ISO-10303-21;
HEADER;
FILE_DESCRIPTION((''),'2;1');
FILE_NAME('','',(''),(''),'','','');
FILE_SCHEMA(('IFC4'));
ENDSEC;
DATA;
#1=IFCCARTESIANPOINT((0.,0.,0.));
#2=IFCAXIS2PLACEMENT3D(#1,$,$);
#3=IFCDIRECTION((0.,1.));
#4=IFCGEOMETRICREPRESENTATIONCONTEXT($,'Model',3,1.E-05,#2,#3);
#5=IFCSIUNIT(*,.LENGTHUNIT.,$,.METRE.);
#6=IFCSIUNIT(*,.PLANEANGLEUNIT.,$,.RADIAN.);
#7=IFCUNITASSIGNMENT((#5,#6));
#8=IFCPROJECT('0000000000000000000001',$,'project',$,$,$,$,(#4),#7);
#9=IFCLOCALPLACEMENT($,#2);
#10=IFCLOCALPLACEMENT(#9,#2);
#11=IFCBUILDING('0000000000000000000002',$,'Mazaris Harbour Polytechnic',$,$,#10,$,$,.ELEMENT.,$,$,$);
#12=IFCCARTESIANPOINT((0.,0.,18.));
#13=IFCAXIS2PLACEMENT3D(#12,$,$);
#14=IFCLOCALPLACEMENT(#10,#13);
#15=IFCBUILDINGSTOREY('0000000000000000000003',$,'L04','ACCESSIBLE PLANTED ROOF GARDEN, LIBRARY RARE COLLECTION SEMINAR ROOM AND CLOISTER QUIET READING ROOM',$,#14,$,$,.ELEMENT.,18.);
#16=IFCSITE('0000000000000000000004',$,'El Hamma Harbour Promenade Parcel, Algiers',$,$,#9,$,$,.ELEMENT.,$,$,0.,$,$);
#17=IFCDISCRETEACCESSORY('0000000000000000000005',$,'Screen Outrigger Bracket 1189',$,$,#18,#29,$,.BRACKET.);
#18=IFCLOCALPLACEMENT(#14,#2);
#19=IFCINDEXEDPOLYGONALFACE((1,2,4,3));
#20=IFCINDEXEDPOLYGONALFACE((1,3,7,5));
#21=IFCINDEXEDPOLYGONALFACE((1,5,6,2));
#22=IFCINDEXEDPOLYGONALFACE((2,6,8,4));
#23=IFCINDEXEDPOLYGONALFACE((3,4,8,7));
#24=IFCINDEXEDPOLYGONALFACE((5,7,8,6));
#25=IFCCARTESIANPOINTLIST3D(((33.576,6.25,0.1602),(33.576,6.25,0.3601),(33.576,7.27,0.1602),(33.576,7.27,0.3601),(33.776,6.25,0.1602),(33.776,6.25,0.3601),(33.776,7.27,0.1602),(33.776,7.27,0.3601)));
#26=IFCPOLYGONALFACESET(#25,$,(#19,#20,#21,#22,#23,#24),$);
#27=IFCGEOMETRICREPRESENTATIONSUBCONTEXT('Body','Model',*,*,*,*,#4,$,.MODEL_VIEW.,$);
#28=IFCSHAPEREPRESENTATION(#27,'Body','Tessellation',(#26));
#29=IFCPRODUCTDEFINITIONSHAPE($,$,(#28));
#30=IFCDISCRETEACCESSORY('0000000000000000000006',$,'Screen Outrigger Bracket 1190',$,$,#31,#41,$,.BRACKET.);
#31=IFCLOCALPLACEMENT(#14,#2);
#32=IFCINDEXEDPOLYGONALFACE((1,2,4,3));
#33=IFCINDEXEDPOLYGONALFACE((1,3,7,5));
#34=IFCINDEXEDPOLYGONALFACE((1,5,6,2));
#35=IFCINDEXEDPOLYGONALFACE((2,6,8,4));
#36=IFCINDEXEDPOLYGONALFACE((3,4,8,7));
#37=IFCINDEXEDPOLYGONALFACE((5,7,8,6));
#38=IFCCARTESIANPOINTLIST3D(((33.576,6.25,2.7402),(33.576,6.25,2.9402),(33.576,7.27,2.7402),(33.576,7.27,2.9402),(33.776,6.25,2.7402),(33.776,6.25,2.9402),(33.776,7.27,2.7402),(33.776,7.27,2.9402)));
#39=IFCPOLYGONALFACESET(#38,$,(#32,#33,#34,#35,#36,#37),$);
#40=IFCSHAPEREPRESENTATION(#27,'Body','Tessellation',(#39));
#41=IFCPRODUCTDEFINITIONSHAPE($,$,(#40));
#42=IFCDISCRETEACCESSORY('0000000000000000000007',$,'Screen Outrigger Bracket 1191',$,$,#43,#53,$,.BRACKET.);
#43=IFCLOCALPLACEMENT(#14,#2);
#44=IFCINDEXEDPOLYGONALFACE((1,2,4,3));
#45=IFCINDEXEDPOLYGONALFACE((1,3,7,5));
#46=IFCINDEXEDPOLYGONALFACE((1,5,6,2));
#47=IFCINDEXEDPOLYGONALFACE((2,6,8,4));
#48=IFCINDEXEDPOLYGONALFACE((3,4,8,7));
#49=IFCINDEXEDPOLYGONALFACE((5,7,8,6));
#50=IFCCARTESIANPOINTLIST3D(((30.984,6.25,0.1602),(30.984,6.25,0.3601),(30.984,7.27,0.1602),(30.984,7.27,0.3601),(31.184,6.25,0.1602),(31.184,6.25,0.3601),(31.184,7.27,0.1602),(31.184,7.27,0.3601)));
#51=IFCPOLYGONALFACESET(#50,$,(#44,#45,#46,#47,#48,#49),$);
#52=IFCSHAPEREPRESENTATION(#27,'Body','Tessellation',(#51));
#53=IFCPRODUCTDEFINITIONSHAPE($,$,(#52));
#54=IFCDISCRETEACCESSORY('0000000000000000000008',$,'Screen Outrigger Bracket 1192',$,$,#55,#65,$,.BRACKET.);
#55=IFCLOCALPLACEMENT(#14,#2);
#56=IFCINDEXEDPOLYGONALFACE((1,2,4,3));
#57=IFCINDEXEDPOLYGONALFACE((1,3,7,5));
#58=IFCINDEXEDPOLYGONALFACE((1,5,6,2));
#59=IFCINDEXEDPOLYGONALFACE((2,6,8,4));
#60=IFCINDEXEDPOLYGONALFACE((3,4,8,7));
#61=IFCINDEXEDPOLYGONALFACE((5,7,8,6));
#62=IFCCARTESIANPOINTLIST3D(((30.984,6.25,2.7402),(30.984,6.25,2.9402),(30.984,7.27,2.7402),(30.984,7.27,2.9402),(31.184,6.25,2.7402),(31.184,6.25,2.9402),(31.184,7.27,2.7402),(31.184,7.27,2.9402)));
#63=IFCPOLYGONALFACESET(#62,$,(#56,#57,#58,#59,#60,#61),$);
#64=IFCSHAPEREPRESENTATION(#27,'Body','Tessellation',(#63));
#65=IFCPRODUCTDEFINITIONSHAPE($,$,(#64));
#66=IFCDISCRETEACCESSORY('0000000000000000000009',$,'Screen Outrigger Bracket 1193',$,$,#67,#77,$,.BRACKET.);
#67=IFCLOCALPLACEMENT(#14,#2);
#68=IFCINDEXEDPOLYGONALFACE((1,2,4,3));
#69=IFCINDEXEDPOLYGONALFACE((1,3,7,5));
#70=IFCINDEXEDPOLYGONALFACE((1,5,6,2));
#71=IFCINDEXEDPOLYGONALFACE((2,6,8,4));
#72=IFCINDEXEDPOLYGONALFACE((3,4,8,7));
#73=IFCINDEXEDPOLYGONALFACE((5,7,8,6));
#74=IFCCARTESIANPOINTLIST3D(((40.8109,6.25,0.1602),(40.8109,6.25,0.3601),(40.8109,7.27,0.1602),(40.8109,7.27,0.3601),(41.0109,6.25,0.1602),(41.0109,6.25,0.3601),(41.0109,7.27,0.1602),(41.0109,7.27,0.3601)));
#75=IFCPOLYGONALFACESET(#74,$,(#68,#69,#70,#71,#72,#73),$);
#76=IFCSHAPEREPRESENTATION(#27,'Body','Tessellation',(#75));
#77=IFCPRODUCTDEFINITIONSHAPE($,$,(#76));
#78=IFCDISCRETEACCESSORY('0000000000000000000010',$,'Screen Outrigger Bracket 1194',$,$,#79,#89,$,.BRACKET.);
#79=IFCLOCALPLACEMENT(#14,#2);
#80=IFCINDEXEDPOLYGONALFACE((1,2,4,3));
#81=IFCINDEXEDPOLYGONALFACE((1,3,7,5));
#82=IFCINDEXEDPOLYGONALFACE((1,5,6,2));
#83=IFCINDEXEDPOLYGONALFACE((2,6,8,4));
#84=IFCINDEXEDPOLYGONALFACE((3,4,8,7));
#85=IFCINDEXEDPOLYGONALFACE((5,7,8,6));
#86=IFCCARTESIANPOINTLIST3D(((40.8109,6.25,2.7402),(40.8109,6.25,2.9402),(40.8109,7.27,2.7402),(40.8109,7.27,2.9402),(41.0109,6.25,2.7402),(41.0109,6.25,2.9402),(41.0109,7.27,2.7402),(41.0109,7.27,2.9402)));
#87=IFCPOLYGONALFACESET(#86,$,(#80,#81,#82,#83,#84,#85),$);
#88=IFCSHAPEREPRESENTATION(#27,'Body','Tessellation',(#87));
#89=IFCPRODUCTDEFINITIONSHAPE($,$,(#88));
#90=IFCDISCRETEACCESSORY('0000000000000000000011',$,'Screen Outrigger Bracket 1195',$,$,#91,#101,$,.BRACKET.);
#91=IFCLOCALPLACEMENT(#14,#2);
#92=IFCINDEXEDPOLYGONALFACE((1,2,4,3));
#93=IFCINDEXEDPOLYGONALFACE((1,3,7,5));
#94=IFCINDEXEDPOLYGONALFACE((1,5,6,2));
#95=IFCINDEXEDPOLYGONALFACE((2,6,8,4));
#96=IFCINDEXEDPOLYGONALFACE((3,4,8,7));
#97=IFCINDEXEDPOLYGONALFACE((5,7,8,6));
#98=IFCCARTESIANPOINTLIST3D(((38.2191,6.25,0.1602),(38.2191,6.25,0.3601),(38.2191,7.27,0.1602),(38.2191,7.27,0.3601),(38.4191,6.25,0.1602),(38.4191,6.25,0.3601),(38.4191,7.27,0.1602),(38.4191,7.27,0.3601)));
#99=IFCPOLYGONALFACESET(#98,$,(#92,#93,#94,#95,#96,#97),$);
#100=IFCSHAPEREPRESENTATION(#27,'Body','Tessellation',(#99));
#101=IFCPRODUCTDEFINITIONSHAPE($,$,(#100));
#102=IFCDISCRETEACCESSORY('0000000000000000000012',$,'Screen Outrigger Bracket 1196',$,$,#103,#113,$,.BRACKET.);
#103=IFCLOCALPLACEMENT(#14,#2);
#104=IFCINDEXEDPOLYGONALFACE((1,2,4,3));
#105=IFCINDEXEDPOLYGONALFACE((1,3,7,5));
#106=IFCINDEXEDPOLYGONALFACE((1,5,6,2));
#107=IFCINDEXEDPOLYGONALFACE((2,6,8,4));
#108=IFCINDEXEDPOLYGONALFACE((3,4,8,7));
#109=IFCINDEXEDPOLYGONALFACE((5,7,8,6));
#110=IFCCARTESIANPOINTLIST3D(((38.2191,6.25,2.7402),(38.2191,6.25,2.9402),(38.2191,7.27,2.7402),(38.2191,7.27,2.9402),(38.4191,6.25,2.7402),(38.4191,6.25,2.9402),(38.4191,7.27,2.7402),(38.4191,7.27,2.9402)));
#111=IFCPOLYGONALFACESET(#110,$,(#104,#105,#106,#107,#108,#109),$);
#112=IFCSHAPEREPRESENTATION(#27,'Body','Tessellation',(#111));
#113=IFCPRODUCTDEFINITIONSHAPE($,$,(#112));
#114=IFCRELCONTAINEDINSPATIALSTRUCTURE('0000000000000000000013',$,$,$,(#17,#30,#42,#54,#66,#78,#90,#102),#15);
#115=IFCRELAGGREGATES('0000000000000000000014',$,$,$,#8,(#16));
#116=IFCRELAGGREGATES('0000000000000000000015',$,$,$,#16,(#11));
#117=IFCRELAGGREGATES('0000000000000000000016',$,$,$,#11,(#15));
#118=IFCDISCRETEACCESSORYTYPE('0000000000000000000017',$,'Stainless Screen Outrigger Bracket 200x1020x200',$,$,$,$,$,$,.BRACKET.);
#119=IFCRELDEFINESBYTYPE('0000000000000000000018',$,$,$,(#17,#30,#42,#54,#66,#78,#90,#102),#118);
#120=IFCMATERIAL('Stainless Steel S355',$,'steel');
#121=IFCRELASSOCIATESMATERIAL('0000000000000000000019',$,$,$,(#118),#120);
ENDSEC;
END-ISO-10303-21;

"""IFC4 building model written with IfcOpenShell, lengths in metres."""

from ifc_helpers import new_model, si_unit, direction, frame, origin, origin_2d, place, context, subcontext, project, spatial, rectangle, extrude, material, type_object, element, save


model = new_model("IFC4")

# Units and contexts
model_context = context("Model", 3, precision=1e-05, world=origin(), true_north=direction((0.0, 1.0)))
body_context = subcontext(model_context, "Body", "Model", "MODEL_VIEW")
ifc_project = project(units=[si_unit("LENGTHUNIT", "METRE"), si_unit("PLANEANGLEUNIT", "RADIAN")], contexts=[model_context])

# Site, building, storey
site_placement = place(None, origin())
site = spatial("IfcSite", under=ifc_project, at=site_placement, Name="El Hamma Harbour Promenade Parcel, Algiers", CompositionType="ELEMENT", RefElevation=0.0)
building_placement = place(site_placement, origin())
building = spatial("IfcBuilding", under=site, at=building_placement, Name="Mazaris Harbour Polytechnic", CompositionType="ELEMENT")
storey_placement = place(building_placement, frame((0.0, 0.0, 18.0)))
storey = spatial("IfcBuildingStorey", under=building, at=storey_placement, Name="L04", Description="ACCESSIBLE PLANTED ROOF GARDEN, LIBRARY RARE COLLECTION SEMINAR ROOM AND CLOISTER QUIET READING ROOM", CompositionType="ELEMENT", Elevation=18.0)

# Discrete accessories
ifc_material_1 = material(Name="Stainless Steel S355", Category="steel")
discrete_accessory_type = type_object("IfcDiscreteAccessoryType", Name="Stainless Screen Outrigger Bracket 200x1020x200", PredefinedType="BRACKET", material=ifc_material_1)
for number, where, z_axis, x_axis, name in (
    (1, (33.676, 6.76, 0.1602), (0.0, 0.0, 1.0), (-1.0, 0.0, 0.0), "Screen Outrigger Bracket 1189"),
    (2, (33.676, 6.76, 2.7402), (0.0, 0.0, 1.0), (-1.0, 0.0, 0.0), "Screen Outrigger Bracket 1190"),
    (3, (31.084, 6.76, 0.1602), (0.0, 0.0, 1.0), (-1.0, 0.0, 0.0), "Screen Outrigger Bracket 1191"),
    (4, (31.084, 6.76, 2.7402), (0.0, 0.0, 1.0), (-1.0, 0.0, 0.0), "Screen Outrigger Bracket 1192"),
    (5, (40.9109, 6.76, 0.1602), (0.0, 0.0, 1.0), (-1.0, 0.0, 0.0), "Screen Outrigger Bracket 1193"),
    (6, (40.9109, 6.76, 2.7402), (0.0, 0.0, 1.0), (-1.0, 0.0, 0.0), "Screen Outrigger Bracket 1194"),
    (7, (38.3191, 6.76, 0.1602), (0.0, 0.0, 1.0), (-1.0, 0.0, 0.0), "Screen Outrigger Bracket 1195"),
    (8, (38.3191, 6.76, 2.7402), (0.0, 0.0, 1.0), (-1.0, 0.0, 0.0), "Screen Outrigger Bracket 1196"),
):
    element("IfcDiscreteAccessory", number, at=place(storey_placement, frame(where, z_axis=z_axis, x_axis=x_axis)), inside=storey, type_object=discrete_accessory_type, Name=name, PredefinedType="BRACKET", context=body_context, shape_type="SweptSolid", body=[
        extrude(rectangle(XDim=0.2, YDim=1.02, at=origin_2d()), origin(), (0.0, 0.0, 1.0), 0.2),
    ])

save(model, "model.ifc")
